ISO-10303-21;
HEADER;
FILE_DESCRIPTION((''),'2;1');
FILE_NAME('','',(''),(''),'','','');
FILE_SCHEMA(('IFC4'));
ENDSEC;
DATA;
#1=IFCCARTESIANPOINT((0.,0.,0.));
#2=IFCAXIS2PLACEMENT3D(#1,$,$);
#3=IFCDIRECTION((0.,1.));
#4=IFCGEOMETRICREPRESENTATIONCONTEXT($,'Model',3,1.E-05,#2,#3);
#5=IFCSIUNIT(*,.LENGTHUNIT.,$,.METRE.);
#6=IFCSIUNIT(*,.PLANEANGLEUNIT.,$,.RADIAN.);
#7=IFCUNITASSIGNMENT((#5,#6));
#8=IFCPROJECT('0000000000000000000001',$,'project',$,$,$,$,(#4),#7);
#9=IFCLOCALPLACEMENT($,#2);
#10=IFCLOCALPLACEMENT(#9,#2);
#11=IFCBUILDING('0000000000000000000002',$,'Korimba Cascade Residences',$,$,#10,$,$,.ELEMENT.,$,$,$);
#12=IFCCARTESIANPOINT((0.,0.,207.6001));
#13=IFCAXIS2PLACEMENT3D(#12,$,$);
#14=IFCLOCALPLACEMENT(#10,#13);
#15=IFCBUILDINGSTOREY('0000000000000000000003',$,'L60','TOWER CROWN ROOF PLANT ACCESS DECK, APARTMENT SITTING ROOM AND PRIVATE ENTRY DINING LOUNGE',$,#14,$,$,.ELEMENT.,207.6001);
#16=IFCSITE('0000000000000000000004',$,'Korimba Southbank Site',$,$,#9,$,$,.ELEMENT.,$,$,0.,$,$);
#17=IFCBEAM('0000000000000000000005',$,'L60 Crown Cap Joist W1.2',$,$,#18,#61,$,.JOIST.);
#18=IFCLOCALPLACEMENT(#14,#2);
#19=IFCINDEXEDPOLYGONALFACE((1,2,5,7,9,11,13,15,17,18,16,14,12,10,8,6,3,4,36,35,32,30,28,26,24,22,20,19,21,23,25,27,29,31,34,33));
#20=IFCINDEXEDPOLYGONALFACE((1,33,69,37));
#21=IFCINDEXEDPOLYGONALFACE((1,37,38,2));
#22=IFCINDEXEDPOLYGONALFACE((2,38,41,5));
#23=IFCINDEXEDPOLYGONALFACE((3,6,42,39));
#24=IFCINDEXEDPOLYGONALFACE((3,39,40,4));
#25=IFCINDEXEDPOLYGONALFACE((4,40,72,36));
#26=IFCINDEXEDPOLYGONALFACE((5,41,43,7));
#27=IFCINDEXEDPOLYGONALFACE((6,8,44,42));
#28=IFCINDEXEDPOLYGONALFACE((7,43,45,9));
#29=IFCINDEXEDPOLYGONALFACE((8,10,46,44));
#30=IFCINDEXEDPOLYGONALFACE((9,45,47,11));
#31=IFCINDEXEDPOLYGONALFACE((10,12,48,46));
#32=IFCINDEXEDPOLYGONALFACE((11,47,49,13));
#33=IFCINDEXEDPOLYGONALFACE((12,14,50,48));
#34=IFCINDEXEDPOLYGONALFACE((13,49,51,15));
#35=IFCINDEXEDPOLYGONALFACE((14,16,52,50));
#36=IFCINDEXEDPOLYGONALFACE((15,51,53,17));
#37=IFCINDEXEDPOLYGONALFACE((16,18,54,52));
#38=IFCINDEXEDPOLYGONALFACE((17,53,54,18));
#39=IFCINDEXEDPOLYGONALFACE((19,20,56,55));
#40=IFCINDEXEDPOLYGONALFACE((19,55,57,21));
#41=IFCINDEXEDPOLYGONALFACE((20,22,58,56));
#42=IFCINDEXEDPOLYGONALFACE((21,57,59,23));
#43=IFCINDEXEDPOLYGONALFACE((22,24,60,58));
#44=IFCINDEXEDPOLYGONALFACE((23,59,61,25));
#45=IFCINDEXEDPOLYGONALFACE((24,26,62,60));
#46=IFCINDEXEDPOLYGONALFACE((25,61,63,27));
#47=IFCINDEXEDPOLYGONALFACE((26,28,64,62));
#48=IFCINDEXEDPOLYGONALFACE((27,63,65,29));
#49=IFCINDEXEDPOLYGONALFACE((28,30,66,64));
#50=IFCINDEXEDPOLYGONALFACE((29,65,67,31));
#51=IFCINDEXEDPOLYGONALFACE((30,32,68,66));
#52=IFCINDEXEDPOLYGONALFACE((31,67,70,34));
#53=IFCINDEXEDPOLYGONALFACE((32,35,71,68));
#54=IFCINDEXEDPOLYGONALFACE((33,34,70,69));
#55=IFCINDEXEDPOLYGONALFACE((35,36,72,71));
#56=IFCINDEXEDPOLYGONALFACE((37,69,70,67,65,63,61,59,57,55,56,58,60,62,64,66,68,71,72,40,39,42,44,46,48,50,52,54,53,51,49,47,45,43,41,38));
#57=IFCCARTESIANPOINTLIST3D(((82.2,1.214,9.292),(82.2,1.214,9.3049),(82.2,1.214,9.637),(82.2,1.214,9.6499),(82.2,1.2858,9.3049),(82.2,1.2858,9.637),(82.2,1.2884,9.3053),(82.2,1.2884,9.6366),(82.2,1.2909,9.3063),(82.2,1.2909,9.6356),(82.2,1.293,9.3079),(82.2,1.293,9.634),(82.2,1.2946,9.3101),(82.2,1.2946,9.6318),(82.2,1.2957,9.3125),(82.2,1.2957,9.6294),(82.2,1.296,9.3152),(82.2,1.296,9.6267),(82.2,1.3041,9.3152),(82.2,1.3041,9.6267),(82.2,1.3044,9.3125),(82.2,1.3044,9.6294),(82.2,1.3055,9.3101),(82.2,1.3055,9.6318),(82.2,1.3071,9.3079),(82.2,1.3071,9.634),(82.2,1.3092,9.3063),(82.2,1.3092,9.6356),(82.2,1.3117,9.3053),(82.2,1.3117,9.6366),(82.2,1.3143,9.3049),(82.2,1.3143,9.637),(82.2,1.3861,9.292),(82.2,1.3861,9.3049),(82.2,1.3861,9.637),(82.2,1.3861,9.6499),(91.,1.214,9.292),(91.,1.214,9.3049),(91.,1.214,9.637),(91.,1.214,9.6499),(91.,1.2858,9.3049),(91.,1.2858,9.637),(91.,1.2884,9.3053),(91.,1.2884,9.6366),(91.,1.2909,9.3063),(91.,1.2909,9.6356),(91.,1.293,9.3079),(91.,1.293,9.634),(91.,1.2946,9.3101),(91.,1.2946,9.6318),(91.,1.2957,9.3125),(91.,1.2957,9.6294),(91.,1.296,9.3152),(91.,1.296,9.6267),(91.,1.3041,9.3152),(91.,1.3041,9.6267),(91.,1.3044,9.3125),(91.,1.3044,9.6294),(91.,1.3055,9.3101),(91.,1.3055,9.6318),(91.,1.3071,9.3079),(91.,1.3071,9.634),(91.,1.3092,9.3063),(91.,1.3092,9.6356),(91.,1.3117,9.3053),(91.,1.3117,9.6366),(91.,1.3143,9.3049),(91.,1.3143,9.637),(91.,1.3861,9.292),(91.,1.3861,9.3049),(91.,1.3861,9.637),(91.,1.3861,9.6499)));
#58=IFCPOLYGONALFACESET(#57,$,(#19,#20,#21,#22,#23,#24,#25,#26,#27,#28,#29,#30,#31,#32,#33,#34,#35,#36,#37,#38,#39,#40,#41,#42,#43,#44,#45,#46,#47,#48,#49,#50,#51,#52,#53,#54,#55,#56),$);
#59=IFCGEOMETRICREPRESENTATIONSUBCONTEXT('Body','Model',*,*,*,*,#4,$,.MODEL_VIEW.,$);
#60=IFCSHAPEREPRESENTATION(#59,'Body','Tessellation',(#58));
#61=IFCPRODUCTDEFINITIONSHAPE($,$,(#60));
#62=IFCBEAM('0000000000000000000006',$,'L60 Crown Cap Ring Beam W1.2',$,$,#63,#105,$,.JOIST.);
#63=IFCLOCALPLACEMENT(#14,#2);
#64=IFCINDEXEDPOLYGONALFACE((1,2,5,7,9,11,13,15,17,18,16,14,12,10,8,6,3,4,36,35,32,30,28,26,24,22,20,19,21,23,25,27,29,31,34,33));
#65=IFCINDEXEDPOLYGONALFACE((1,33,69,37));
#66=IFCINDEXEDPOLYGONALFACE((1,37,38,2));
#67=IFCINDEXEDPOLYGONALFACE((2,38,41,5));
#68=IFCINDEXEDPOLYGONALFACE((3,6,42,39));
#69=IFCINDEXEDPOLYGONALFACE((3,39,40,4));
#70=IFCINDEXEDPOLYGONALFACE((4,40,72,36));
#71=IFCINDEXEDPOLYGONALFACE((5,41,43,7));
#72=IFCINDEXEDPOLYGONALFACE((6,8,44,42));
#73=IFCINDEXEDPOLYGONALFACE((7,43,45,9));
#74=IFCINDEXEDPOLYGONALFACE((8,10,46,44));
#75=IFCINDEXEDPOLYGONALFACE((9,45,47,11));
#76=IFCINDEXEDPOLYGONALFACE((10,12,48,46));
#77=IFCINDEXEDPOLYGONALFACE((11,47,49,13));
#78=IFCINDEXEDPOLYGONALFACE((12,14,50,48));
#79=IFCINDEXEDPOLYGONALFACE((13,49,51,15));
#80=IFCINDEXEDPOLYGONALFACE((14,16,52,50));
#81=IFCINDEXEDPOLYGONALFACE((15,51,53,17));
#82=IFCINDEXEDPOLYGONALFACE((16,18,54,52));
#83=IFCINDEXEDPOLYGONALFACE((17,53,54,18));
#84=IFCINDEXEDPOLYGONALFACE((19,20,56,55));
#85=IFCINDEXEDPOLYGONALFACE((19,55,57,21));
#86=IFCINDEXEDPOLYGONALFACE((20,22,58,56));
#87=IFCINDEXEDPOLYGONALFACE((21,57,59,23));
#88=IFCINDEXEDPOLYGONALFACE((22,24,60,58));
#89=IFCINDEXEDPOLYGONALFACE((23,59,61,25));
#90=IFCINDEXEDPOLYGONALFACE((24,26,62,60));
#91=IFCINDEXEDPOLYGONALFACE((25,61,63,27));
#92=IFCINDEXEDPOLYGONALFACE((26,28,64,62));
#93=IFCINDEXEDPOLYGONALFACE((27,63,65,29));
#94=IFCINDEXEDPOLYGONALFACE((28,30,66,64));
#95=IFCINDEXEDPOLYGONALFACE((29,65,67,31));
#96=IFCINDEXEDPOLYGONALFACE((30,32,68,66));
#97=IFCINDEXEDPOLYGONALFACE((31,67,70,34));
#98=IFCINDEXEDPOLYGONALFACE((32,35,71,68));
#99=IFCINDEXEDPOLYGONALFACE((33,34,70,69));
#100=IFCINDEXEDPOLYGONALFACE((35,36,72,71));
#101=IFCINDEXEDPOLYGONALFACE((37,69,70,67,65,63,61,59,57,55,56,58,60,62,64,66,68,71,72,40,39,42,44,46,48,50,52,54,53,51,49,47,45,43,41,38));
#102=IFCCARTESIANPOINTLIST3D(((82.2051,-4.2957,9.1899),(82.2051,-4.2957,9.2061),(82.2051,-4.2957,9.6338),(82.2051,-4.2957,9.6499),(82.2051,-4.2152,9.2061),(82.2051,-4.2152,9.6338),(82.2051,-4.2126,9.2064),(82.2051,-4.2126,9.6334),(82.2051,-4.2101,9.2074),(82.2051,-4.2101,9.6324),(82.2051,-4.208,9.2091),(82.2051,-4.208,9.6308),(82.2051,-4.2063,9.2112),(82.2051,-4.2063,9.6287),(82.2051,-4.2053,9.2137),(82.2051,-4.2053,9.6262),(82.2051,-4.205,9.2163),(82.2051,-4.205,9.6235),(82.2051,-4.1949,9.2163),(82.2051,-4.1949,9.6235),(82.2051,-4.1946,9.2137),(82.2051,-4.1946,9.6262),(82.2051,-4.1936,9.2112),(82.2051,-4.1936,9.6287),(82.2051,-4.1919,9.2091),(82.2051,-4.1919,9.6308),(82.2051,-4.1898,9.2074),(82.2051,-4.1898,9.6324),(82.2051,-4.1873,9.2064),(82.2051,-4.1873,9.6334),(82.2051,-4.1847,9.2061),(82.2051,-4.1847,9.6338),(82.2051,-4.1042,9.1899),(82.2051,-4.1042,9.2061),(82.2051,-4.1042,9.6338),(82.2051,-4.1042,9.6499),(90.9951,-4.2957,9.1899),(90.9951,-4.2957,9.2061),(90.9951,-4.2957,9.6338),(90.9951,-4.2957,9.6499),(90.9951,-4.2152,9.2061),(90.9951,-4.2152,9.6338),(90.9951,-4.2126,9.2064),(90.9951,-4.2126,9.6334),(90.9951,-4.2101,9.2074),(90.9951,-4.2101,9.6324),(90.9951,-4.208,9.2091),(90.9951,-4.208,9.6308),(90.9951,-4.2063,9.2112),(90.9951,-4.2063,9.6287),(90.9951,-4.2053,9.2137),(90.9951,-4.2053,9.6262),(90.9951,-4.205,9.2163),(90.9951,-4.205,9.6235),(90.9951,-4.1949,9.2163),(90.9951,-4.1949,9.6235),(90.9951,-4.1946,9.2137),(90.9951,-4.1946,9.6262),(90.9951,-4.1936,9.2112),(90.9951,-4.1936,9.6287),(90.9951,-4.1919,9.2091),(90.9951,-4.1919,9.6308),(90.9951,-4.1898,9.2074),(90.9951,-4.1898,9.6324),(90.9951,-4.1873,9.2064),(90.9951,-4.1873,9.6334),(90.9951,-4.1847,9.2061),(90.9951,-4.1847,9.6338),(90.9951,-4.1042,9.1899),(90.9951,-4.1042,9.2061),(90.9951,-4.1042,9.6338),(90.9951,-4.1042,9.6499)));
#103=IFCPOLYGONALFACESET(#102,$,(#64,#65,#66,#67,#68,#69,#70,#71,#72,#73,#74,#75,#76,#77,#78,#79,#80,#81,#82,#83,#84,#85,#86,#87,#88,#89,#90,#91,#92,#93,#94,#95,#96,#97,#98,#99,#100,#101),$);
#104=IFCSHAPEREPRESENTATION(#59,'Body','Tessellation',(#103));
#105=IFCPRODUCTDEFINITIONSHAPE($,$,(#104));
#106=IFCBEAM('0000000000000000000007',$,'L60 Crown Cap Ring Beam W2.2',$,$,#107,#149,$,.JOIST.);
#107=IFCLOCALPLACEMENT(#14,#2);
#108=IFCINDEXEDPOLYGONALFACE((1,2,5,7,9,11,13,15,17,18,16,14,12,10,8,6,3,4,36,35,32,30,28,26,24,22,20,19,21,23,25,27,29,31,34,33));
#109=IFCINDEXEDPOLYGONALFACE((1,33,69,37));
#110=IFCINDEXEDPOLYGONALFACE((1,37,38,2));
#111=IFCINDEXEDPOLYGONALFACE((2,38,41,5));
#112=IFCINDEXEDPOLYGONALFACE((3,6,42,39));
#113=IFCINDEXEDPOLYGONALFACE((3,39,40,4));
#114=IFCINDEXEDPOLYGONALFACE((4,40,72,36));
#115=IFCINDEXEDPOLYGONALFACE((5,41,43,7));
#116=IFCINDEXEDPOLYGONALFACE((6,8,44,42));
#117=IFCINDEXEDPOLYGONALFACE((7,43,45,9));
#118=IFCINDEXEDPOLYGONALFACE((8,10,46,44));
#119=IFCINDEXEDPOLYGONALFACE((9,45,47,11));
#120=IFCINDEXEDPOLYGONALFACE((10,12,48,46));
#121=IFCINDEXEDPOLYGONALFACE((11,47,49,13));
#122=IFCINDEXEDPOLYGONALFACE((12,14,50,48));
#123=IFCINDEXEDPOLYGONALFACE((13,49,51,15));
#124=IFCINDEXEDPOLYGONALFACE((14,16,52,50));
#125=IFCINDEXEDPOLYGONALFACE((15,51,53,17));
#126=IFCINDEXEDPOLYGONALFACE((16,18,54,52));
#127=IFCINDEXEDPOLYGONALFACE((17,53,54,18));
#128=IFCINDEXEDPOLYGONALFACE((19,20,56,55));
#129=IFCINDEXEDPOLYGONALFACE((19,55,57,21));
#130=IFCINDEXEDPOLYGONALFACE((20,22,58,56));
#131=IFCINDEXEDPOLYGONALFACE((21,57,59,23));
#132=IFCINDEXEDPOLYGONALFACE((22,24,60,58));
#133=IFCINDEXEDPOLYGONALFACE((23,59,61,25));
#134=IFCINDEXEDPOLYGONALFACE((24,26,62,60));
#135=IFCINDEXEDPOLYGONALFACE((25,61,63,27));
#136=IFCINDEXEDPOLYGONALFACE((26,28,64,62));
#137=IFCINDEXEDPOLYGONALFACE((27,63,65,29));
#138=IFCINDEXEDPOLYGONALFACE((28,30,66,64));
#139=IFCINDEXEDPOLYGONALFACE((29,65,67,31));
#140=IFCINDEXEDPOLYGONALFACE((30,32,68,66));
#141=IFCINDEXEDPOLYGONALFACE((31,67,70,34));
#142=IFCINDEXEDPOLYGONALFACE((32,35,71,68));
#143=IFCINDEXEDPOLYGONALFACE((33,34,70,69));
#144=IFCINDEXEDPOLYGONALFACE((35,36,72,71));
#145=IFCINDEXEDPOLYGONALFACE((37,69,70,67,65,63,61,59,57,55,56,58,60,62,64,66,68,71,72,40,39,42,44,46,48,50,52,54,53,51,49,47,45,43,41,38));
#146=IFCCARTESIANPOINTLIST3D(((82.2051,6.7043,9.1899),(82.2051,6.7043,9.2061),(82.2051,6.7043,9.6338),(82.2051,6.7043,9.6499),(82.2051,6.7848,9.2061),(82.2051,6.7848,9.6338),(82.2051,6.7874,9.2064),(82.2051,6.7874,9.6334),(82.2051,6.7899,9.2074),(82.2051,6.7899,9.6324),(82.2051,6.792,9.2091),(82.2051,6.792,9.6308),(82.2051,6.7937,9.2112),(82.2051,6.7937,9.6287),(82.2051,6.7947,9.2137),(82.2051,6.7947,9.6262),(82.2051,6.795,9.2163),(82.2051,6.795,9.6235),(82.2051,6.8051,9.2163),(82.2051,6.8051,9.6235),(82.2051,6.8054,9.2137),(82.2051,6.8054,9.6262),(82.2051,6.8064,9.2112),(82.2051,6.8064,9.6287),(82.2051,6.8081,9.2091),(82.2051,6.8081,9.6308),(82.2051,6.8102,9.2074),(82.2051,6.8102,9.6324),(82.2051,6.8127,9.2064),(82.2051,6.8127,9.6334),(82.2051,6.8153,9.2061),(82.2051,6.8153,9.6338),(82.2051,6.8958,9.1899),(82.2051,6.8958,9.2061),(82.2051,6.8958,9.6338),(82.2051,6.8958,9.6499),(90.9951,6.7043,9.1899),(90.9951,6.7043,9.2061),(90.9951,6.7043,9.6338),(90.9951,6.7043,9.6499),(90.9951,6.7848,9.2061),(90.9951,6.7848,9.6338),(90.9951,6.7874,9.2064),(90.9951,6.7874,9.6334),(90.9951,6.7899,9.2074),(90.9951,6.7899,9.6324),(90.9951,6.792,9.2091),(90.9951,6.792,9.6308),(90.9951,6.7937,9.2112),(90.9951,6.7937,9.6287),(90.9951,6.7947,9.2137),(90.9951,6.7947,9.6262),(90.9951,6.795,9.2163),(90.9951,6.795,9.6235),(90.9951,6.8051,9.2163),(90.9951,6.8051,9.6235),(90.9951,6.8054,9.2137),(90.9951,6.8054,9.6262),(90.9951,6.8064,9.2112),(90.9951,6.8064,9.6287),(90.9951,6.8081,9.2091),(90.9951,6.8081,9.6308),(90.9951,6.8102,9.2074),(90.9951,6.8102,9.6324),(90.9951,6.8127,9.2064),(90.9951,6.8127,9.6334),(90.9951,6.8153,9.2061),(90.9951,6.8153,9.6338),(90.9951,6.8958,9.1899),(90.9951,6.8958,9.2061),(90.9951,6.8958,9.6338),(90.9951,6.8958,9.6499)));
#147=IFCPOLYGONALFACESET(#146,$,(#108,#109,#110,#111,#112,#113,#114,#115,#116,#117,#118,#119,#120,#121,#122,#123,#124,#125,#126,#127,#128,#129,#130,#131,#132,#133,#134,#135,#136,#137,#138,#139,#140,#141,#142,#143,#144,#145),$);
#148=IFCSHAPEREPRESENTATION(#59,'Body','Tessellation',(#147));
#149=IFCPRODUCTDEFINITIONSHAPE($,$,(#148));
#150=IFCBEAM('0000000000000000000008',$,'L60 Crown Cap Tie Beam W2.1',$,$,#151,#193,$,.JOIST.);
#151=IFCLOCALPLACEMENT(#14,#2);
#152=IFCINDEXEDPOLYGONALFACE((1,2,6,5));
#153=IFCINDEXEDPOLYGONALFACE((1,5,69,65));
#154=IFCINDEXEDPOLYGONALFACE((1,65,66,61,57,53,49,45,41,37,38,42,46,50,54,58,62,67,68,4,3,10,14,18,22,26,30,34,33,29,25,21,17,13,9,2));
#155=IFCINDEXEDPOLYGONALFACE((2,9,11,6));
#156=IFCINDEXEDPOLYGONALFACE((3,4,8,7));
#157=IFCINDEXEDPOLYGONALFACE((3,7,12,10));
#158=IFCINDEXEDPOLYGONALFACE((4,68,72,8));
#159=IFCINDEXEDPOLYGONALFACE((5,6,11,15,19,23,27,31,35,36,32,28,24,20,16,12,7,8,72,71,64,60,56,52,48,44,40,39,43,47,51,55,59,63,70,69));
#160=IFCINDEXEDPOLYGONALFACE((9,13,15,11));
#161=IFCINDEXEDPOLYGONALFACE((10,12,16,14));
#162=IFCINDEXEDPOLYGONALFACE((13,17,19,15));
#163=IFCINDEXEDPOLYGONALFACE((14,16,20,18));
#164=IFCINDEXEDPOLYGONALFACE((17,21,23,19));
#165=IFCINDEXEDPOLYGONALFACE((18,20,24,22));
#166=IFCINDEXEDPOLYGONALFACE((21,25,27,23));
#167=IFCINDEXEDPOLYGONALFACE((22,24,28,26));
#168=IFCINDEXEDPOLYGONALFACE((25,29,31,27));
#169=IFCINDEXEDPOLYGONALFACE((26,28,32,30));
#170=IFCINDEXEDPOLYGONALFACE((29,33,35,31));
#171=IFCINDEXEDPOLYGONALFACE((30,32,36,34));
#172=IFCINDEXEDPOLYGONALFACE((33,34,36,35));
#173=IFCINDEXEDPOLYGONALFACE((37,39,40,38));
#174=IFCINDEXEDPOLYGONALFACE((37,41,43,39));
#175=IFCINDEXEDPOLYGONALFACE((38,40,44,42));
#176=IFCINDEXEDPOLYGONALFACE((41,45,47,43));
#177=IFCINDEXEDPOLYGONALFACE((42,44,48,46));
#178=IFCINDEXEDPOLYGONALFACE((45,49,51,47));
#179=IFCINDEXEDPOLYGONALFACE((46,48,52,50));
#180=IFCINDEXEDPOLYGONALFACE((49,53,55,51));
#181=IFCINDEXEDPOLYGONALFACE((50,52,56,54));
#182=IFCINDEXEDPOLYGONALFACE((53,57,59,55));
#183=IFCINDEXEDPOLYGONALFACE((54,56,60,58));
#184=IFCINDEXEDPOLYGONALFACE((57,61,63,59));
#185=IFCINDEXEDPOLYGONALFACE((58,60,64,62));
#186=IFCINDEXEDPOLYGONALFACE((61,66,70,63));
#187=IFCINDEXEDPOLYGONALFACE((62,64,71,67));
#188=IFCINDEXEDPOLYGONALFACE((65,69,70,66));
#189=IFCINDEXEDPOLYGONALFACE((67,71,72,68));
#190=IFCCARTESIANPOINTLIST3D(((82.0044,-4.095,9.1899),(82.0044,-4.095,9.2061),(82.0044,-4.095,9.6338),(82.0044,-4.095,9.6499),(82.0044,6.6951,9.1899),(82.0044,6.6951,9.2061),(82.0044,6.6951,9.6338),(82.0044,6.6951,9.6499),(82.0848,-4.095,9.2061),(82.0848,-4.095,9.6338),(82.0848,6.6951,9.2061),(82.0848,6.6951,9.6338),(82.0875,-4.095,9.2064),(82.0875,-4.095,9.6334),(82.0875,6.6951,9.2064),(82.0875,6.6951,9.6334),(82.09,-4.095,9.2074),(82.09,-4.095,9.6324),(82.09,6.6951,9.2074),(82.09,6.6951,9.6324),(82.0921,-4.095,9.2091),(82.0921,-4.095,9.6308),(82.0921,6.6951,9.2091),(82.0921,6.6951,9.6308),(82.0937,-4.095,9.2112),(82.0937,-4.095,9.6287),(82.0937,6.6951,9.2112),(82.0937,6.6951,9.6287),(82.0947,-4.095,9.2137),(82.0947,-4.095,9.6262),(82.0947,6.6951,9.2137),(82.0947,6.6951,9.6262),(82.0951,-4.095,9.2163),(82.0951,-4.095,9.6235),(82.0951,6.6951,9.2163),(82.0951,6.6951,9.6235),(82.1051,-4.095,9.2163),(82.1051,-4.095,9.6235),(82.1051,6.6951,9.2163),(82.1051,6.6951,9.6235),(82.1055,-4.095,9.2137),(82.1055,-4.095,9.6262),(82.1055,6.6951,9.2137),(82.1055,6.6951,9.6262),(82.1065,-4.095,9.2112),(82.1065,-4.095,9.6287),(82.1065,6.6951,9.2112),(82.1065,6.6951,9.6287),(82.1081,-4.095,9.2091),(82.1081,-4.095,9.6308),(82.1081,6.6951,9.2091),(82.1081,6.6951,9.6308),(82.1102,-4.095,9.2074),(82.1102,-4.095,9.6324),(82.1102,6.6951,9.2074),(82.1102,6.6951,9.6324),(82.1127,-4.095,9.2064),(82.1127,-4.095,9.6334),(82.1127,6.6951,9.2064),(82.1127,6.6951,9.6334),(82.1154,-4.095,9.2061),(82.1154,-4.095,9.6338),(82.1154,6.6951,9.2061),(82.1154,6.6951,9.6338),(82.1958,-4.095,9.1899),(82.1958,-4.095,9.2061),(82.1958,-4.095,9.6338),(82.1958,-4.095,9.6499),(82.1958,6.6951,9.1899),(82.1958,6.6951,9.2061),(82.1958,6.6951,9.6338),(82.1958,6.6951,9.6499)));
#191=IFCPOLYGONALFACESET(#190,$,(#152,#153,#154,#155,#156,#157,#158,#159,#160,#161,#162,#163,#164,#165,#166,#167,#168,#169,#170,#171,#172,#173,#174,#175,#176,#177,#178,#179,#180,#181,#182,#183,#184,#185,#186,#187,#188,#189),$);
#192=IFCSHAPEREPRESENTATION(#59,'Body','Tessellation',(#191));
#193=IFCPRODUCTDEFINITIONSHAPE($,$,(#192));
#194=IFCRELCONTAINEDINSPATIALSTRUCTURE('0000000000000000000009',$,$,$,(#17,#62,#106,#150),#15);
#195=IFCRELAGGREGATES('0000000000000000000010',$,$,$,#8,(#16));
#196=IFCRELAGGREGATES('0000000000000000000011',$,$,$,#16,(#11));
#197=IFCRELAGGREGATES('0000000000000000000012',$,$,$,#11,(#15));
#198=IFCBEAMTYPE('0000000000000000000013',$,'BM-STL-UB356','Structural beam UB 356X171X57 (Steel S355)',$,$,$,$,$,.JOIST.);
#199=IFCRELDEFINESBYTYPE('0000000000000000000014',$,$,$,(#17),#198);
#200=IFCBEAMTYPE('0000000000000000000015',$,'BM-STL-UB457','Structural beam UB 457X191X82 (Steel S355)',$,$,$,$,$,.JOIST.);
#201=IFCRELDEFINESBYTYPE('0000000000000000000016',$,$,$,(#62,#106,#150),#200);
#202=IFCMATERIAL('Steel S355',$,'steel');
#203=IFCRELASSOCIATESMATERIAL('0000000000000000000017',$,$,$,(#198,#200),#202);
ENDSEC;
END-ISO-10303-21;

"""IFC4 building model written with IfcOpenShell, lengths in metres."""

from ifc_helpers import new_model, si_unit, direction, frame, origin, origin_2d, place, context, subcontext, project, spatial, i_section, extrude, material, material_profile, profile_set, type_object, element, save


model = new_model("IFC4")

# Units and contexts
model_context = context("Model", 3, precision=1e-05, world=origin(), true_north=direction((0.0, 1.0)))
body_context = subcontext(model_context, "Body", "Model", "MODEL_VIEW")
ifc_project = project(units=[si_unit("LENGTHUNIT", "METRE"), si_unit("PLANEANGLEUNIT", "RADIAN")], contexts=[model_context])

# Site, building, storey
site_placement = place(None, origin())
site = spatial("IfcSite", under=ifc_project, at=site_placement, Name="Korimba Southbank Site", CompositionType="ELEMENT", RefElevation=0.0)
building_placement = place(site_placement, origin())
building = spatial("IfcBuilding", under=site, at=building_placement, Name="Korimba Cascade Residences", CompositionType="ELEMENT")
storey_placement = place(building_placement, frame((0.0, 0.0, 207.6001)))
storey = spatial("IfcBuildingStorey", under=building, at=storey_placement, Name="L60", Description="TOWER CROWN ROOF PLANT ACCESS DECK, APARTMENT SITTING ROOM AND PRIVATE ENTRY DINING LOUNGE", CompositionType="ELEMENT", Elevation=207.6001)

# Shared definitions
ifc_material_1 = material(Name="Steel S355", Category="steel")

# Beams
ifc_material_profile_1 = material_profile(ifc_material_1, i_section(OverallWidth=0.1721, OverallDepth=0.3579, WebThickness=0.0081, FlangeThickness=0.0129, FilletRadius=0.0103, at=origin_2d()), Name="Steel S355")
ifc_profile_set_1 = profile_set([ifc_material_profile_1], Name="Steel S355")
beam_type_1 = type_object("IfcBeamType", Name="BM-STL-UB356", Description="Structural beam UB 356X171X57 (Steel S355)", PredefinedType="JOIST", material=ifc_profile_set_1)
beam_1_placement = place(storey_placement, frame((82.2, 1.3, 9.4709), z_axis=(1.0, 0.0, 0.0), x_axis=(0.0, 1.0, 0.0)))
element("IfcBeam", 1, at=beam_1_placement, inside=storey, type_object=beam_type_1, Name="L60 Crown Cap Joist W1.2", PredefinedType="JOIST", context=body_context, shape_type="SweptSolid", body=[
    extrude(i_section(OverallWidth=0.1721, OverallDepth=0.3579, WebThickness=0.0081, FlangeThickness=0.0129, FilletRadius=0.0103, at=origin_2d()), origin(), (0.0, 0.0, 1.0), 8.8),
])
ifc_material_profile_2 = material_profile(ifc_material_1, i_section(OverallWidth=0.1914, OverallDepth=0.46, WebThickness=0.01, FlangeThickness=0.0161, FilletRadius=0.0103, at=origin_2d()), Name="Steel S355")
ifc_profile_set_2 = profile_set([ifc_material_profile_2], Name="Steel S355")
beam_type_2 = type_object("IfcBeamType", Name="BM-STL-UB457", Description="Structural beam UB 457X191X82 (Steel S355)", PredefinedType="JOIST", material=ifc_profile_set_2)
for number, where, z_axis, x_axis, name in (
    (2, (82.2051, -4.2, 9.4199), (1.0, 0.0, 0.0), (0.0, 1.0, 0.0), "L60 Crown Cap Ring Beam W1.2"),
    (3, (82.2051, 6.8, 9.4199), (1.0, 0.0, 0.0), (0.0, 1.0, 0.0), "L60 Crown Cap Ring Beam W2.2"),
):
    element("IfcBeam", number, at=place(storey_placement, frame(where, z_axis=z_axis, x_axis=x_axis)), inside=storey, type_object=beam_type_2, Name=name, PredefinedType="JOIST", context=body_context, shape_type="SweptSolid", body=[
        extrude(i_section(OverallWidth=0.1914, OverallDepth=0.46, WebThickness=0.01, FlangeThickness=0.0161, FilletRadius=0.0103, at=origin_2d()), origin(), (0.0, 0.0, 1.0), 8.79),
    ])
beam_2_placement = place(storey_placement, frame((82.1001, -4.095, 9.4199), z_axis=(0.0, 1.0, 0.0), x_axis=(-1.0, 0.0, 0.0)))
element("IfcBeam", 4, at=beam_2_placement, inside=storey, type_object=beam_type_2, Name="L60 Crown Cap Tie Beam W2.1", PredefinedType="JOIST", context=body_context, shape_type="SweptSolid", body=[
    extrude(i_section(OverallWidth=0.1914, OverallDepth=0.46, WebThickness=0.01, FlangeThickness=0.0161, FilletRadius=0.0103, at=origin_2d()), origin(), (0.0, 0.0, 1.0), 10.79),
])

save(model, "model.ifc")
